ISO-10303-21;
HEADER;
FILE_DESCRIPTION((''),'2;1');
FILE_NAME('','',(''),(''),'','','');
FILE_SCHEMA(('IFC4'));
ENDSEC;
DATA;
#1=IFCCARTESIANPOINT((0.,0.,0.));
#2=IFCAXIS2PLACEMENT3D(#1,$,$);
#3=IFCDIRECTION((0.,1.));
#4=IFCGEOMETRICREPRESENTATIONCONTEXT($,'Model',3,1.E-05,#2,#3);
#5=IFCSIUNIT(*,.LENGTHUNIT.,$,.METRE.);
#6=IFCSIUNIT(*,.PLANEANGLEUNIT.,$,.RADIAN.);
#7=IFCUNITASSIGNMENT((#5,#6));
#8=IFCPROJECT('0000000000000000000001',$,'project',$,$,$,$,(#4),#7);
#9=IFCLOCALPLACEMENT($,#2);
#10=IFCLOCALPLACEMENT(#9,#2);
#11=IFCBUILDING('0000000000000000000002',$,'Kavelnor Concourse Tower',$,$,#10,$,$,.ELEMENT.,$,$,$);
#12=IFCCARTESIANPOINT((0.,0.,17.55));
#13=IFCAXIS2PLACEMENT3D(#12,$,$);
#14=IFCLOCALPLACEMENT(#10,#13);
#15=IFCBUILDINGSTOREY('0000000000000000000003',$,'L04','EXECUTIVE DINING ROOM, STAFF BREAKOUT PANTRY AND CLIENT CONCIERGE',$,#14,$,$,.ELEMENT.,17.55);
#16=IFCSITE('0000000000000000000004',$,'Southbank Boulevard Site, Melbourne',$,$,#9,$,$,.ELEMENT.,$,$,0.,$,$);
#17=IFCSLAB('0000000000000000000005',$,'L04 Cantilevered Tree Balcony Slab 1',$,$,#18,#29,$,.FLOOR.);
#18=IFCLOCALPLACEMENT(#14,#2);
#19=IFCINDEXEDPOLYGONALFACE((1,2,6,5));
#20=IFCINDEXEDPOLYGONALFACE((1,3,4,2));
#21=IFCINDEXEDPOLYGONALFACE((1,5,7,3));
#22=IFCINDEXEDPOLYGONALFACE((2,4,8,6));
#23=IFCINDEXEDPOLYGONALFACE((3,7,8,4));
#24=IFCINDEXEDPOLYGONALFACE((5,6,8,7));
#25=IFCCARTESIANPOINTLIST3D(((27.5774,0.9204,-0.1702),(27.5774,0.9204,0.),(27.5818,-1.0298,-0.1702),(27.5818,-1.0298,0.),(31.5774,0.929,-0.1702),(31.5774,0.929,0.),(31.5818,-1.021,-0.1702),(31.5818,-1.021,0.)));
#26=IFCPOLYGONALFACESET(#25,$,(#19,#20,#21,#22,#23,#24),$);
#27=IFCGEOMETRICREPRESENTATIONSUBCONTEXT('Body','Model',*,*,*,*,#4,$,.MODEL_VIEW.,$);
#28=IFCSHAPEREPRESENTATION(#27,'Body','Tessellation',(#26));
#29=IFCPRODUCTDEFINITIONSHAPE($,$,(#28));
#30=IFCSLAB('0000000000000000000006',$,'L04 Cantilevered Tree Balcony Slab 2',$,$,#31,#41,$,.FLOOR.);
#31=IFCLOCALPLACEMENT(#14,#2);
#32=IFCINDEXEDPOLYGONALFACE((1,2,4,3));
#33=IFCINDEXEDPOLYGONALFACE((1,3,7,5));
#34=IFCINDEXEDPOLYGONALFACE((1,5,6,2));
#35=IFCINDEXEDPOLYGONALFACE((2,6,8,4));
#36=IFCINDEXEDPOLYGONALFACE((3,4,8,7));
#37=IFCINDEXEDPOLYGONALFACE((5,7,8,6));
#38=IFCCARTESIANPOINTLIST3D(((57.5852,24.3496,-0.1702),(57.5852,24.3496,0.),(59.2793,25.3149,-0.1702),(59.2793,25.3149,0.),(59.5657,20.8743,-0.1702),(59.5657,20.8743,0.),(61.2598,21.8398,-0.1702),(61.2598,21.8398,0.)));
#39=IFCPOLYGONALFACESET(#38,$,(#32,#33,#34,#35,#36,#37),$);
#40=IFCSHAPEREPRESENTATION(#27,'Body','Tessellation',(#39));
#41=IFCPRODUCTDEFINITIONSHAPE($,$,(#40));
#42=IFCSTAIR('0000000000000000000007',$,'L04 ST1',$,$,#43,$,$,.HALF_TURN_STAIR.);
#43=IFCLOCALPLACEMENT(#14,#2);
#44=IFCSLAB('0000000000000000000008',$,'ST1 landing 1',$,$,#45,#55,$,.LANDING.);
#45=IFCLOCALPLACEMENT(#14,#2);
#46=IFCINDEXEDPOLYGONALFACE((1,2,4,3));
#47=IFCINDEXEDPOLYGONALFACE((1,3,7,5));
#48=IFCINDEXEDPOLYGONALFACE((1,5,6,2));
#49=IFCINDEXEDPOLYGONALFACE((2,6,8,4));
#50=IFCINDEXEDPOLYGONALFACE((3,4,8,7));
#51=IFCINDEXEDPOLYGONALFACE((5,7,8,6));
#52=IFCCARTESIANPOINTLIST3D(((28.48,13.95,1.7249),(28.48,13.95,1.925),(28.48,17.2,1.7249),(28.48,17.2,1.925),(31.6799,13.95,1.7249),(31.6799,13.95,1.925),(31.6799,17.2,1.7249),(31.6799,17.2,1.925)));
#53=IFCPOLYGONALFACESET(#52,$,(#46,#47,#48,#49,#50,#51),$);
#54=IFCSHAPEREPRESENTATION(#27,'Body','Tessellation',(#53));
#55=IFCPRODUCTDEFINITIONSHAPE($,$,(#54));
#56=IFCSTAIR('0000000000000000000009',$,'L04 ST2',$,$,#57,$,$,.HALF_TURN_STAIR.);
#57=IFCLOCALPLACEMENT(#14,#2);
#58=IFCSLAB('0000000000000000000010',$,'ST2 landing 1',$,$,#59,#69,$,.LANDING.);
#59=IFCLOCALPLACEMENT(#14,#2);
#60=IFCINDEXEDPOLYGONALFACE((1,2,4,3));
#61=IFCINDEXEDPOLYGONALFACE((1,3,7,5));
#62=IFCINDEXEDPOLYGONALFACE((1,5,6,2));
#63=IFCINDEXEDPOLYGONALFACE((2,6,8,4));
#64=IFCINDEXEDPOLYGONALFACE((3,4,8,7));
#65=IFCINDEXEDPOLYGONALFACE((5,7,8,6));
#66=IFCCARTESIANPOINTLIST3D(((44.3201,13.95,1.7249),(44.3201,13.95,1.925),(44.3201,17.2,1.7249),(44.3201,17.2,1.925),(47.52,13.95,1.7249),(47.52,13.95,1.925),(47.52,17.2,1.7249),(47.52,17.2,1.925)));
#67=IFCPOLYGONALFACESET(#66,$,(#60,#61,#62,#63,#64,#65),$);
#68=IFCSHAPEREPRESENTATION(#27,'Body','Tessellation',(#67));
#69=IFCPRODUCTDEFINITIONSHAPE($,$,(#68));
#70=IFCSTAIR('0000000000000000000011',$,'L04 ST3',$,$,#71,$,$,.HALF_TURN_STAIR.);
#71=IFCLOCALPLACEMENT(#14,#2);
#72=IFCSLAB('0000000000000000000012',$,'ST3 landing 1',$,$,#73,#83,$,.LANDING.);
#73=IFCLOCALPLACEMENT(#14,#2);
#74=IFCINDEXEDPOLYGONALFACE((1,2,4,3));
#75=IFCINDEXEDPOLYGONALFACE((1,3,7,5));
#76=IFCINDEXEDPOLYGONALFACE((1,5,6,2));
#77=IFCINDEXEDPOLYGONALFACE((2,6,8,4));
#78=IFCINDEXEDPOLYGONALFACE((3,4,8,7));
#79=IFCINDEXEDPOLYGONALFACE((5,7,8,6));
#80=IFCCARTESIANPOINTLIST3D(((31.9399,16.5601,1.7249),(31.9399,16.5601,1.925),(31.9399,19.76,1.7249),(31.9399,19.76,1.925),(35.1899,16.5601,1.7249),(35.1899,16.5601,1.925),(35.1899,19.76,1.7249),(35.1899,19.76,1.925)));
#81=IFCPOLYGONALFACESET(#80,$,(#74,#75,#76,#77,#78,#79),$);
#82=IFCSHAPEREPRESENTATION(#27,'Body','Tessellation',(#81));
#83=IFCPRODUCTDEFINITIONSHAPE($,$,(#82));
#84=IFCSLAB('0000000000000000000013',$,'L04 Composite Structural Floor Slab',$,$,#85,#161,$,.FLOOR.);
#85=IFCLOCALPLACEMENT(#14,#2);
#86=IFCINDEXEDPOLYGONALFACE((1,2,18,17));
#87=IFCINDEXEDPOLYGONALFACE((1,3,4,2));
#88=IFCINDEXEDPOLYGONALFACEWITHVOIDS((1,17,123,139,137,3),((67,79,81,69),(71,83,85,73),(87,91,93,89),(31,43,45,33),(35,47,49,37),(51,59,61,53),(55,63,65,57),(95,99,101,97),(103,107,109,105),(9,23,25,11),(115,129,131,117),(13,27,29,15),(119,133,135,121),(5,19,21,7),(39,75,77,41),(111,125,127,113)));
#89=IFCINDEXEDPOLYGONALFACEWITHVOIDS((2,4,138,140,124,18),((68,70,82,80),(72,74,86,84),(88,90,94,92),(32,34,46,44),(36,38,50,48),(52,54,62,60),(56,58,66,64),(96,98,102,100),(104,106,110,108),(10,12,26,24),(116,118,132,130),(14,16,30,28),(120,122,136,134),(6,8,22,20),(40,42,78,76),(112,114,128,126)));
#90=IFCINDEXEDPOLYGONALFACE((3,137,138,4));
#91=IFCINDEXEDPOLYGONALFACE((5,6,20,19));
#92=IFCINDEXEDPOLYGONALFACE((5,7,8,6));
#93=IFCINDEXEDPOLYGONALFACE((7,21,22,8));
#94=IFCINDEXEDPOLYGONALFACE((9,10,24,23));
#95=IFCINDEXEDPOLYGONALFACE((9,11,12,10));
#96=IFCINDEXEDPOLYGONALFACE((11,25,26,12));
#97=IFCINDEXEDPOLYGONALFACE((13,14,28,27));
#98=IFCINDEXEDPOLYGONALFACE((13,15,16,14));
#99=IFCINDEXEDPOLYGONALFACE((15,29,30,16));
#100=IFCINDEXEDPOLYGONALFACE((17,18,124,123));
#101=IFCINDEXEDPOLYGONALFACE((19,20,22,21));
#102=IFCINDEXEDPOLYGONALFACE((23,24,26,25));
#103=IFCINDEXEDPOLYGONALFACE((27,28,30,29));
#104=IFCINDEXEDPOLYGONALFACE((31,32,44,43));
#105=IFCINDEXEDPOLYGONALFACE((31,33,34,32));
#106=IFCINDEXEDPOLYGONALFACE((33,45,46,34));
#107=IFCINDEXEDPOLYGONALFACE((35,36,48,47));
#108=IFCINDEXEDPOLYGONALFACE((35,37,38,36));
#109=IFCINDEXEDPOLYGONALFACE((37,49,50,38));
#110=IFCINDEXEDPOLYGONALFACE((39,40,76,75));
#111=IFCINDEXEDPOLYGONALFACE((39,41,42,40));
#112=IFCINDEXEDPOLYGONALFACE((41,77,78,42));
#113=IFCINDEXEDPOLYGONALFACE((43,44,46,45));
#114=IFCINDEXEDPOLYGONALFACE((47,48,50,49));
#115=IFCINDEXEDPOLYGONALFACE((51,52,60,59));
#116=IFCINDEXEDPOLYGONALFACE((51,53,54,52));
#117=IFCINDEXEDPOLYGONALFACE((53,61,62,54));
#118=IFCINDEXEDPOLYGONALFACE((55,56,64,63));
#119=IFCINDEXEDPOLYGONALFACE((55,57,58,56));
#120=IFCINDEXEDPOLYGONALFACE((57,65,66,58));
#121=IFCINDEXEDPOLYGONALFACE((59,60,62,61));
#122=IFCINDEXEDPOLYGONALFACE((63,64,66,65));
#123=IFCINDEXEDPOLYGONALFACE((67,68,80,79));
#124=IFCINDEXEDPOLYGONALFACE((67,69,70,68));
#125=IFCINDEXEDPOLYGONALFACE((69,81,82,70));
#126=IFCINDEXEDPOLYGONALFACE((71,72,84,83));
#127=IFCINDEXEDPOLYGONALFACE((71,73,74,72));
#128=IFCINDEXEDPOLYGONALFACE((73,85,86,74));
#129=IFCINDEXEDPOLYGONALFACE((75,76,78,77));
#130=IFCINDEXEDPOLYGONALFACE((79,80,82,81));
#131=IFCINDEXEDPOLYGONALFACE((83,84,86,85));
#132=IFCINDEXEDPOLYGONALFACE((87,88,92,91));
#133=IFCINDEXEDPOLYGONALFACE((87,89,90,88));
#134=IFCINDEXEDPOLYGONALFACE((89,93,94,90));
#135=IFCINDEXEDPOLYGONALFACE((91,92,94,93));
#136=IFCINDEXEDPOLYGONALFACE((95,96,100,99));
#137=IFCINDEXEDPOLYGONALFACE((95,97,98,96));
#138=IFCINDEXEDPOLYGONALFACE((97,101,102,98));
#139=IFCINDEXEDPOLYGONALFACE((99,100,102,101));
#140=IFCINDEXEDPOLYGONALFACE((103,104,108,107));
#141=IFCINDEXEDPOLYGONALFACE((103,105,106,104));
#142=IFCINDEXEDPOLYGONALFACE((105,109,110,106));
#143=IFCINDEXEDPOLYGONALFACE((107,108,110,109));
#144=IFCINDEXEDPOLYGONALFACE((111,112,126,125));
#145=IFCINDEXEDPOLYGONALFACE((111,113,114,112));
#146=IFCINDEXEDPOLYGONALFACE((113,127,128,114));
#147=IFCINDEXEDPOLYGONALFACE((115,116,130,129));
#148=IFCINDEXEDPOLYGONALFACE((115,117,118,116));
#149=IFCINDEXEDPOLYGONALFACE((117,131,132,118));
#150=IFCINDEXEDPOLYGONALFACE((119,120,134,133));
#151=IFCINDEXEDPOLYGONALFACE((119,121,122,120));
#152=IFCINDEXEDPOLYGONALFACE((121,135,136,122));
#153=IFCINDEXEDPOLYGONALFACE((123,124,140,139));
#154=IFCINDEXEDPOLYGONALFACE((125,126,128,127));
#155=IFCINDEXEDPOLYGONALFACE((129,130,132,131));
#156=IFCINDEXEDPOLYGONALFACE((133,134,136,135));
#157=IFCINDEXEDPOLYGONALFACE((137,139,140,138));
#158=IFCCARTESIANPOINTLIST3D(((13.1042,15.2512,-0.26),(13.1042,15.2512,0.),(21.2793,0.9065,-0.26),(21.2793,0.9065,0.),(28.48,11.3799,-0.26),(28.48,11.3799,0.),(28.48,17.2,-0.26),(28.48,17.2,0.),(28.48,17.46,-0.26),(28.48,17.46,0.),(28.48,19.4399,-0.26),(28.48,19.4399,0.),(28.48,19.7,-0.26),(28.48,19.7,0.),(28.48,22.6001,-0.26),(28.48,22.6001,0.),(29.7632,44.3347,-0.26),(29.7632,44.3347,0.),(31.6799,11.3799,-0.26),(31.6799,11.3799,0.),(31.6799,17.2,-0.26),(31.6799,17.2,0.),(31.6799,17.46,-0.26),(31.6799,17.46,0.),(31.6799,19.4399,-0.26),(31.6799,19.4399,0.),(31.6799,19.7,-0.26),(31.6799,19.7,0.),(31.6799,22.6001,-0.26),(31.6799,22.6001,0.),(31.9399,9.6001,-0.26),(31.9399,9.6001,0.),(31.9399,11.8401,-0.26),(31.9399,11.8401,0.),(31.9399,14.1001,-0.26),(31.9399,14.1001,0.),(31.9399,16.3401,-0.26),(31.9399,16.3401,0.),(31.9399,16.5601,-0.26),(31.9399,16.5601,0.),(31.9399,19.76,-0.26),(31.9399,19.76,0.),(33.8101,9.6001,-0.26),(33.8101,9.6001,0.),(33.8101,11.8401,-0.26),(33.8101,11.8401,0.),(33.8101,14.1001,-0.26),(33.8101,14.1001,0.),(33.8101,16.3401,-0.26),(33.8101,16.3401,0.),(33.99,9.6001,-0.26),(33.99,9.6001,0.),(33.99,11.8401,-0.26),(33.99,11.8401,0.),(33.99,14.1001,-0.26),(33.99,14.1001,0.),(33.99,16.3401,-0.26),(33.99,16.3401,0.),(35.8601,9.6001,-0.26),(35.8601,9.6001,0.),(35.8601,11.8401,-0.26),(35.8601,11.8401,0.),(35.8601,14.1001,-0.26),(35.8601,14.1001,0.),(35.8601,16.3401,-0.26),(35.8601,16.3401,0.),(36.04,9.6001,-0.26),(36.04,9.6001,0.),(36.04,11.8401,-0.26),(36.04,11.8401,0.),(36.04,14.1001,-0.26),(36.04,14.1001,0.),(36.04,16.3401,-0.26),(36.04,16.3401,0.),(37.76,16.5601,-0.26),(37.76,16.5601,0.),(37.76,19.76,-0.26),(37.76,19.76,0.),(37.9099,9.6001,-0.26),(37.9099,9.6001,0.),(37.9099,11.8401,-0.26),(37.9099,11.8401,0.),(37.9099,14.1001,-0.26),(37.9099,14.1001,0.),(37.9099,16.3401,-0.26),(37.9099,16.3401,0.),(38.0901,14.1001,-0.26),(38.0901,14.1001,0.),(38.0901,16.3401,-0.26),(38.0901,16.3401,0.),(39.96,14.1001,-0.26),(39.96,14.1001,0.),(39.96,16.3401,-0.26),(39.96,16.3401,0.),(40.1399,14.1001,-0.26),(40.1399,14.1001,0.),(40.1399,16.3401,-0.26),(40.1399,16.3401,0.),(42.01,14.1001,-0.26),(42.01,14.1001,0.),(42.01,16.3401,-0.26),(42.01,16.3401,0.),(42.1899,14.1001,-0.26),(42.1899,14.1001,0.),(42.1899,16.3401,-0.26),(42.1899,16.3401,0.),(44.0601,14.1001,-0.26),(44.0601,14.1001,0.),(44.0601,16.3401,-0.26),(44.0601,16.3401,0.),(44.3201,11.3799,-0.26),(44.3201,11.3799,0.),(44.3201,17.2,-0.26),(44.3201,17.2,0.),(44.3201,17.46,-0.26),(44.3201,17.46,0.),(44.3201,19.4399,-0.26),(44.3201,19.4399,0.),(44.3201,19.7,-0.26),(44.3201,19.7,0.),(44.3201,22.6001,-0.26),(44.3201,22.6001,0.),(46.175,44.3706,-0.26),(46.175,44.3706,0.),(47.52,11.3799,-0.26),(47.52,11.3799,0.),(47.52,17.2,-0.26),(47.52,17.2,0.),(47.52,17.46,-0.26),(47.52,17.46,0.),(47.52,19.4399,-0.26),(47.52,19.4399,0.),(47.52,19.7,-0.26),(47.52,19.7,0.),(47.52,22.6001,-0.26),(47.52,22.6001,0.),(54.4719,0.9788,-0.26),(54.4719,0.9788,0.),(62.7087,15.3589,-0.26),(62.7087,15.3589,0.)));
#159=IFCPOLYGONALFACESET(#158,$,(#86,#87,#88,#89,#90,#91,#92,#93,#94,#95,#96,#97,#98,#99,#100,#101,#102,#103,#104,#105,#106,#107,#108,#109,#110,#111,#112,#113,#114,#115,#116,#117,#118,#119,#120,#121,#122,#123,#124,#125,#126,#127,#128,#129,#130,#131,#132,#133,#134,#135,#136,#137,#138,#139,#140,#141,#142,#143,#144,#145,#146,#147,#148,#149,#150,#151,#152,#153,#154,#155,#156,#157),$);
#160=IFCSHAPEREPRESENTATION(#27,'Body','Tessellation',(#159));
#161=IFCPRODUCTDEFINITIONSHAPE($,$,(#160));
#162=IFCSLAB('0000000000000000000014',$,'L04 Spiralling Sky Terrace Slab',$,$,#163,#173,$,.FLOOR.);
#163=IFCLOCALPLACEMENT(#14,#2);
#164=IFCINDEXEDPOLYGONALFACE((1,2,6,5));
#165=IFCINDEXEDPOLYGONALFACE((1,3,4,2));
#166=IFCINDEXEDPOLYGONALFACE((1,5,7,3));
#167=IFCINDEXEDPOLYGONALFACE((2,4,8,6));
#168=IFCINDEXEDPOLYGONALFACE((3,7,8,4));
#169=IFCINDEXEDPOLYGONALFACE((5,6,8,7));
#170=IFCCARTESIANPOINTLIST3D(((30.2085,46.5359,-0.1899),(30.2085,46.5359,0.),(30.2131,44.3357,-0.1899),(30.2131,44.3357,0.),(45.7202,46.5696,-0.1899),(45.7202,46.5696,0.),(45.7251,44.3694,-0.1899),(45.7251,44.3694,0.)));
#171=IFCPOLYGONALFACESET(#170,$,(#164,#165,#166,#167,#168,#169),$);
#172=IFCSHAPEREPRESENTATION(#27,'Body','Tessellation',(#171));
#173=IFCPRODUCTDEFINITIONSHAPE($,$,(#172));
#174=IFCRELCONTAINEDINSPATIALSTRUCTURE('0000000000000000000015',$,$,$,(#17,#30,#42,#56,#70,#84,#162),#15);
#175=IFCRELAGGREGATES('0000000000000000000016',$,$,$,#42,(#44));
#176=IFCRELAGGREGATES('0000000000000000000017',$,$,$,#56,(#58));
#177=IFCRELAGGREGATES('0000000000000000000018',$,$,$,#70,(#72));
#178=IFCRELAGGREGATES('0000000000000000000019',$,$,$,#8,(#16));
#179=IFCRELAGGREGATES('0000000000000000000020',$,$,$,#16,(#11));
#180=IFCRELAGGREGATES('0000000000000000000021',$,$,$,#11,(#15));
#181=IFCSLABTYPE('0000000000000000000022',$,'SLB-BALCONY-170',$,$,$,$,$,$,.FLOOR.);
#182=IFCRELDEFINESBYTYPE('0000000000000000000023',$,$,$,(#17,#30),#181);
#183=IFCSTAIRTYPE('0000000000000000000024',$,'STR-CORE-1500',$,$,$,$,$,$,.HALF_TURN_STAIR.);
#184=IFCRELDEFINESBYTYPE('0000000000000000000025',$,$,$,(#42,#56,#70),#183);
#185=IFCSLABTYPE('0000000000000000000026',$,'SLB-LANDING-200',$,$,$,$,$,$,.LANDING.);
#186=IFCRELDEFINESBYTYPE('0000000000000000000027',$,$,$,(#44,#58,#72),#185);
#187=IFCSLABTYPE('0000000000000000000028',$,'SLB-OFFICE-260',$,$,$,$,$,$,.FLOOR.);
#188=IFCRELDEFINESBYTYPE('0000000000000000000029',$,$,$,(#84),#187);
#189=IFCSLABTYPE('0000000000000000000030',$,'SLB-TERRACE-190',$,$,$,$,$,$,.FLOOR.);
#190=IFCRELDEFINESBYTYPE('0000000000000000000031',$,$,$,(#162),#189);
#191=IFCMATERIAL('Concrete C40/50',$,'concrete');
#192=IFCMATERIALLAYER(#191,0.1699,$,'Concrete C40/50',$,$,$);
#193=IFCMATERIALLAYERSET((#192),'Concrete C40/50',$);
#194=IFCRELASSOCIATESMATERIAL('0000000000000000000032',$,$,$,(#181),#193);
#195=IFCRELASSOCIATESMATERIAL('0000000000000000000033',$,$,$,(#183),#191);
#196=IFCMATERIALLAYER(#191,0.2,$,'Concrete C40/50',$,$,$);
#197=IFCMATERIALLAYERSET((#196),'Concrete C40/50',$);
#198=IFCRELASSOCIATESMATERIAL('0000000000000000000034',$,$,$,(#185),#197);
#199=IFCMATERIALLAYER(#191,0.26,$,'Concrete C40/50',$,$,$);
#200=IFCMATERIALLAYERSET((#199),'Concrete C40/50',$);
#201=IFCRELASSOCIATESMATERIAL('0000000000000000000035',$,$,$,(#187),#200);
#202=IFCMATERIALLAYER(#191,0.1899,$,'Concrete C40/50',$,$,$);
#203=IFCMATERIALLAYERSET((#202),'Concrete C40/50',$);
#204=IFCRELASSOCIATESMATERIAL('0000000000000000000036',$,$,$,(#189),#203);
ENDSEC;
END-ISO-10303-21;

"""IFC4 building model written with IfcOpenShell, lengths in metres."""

from ifc_helpers import new_model, si_unit, direction, frame, origin, place, context, subcontext, project, spatial, polyline, outline, extrude, material, layer, layer_set, type_object, element, aggregate, save


model = new_model("IFC4")

# Units and contexts
model_context = context("Model", 3, precision=1e-05, world=origin(), true_north=direction((0.0, 1.0)))
body_context = subcontext(model_context, "Body", "Model", "MODEL_VIEW")
ifc_project = project(units=[si_unit("LENGTHUNIT", "METRE"), si_unit("PLANEANGLEUNIT", "RADIAN")], contexts=[model_context])

# Site, building, storey
site_placement = place(None, origin())
site = spatial("IfcSite", under=ifc_project, at=site_placement, Name="Southbank Boulevard Site, Melbourne", CompositionType="ELEMENT", RefElevation=0.0)
building_placement = place(site_placement, origin())
building = spatial("IfcBuilding", under=site, at=building_placement, Name="Kavelnor Concourse Tower", CompositionType="ELEMENT")
storey_placement = place(building_placement, frame((0.0, 0.0, 17.55)))
storey = spatial("IfcBuildingStorey", under=building, at=storey_placement, Name="L04", Description="EXECUTIVE DINING ROOM, STAFF BREAKOUT PANTRY AND CLIENT CONCIERGE", CompositionType="ELEMENT", Elevation=17.55)

# Slabs
ifc_material_1 = material(Name="Concrete C40/50", Category="concrete")
ifc_layer_1 = layer(ifc_material_1, 0.1699, Name="Concrete C40/50")
ifc_layer_set_1 = layer_set([ifc_layer_1], Name="Concrete C40/50")
slab_type_1 = type_object("IfcSlabType", Name="SLB-BALCONY-170", PredefinedType="FLOOR", material=ifc_layer_set_1)
slab_1_placement = place(storey_placement, frame((0.0, 0.0, -0.1702)))
element("IfcSlab", 1, at=slab_1_placement, inside=storey, type_object=slab_type_1, Name="L04 Cantilevered Tree Balcony Slab 1", PredefinedType="FLOOR", context=body_context, shape_type="SweptSolid", body=[
    extrude(outline(polyline([(31.5818, -1.021), (27.5818, -1.0298), (27.5774, 0.9204), (31.5774, 0.929), (31.5818, -1.021)])), origin(), (0.0, 0.0, 1.0), 0.1702),
])
slab_2_placement = place(storey_placement, frame((0.0, 0.0, -0.1702)))
element("IfcSlab", 2, at=slab_2_placement, inside=storey, type_object=slab_type_1, Name="L04 Cantilevered Tree Balcony Slab 2", PredefinedType="FLOOR", context=body_context, shape_type="SweptSolid", body=[
    extrude(outline(polyline([(59.2793, 25.3149), (61.2598, 21.8398), (59.5657, 20.8743), (57.5852, 24.3496), (59.2793, 25.3149)])), origin(), (0.0, 0.0, 1.0), 0.1702),
])

# Stairs, slabs
stair_type = type_object("IfcStairType", Name="STR-CORE-1500", PredefinedType="HALF_TURN_STAIR", material=ifc_material_1)
stair_1_placement = place(storey_placement, origin())
stair_1 = element("IfcStair", 3, at=stair_1_placement, inside=storey, type_object=stair_type, Name="L04 ST1", PredefinedType="HALF_TURN_STAIR")
ifc_layer_2 = layer(ifc_material_1, 0.2, Name="Concrete C40/50")
ifc_layer_set_2 = layer_set([ifc_layer_2], Name="Concrete C40/50")
slab_type_2 = type_object("IfcSlabType", Name="SLB-LANDING-200", PredefinedType="LANDING", material=ifc_layer_set_2)
slab_3_placement = place(storey_placement, frame((0.0, 0.0, 1.7249)))
slab_3 = element("IfcSlab", 4, at=slab_3_placement, type_object=slab_type_2, Name="ST1 landing 1", PredefinedType="LANDING", context=body_context, shape_type="SweptSolid", body=[
    extrude(outline(polyline([(31.6799, 13.95), (31.6799, 17.2), (28.48, 17.2), (28.48, 13.95), (31.6799, 13.95)])), origin(), (0.0, 0.0, 1.0), 0.2002),
])
aggregate(stair_1, [slab_3])
stair_2_placement = place(storey_placement, origin())
stair_2 = element("IfcStair", 5, at=stair_2_placement, inside=storey, type_object=stair_type, Name="L04 ST2", PredefinedType="HALF_TURN_STAIR")
slab_4_placement = place(storey_placement, frame((0.0, 0.0, 1.7249)))
slab_4 = element("IfcSlab", 6, at=slab_4_placement, type_object=slab_type_2, Name="ST2 landing 1", PredefinedType="LANDING", context=body_context, shape_type="SweptSolid", body=[
    extrude(outline(polyline([(47.52, 13.95), (47.52, 17.2), (44.3201, 17.2), (44.3201, 13.95), (47.52, 13.95)])), origin(), (0.0, 0.0, 1.0), 0.2002),
])
aggregate(stair_2, [slab_4])
stair_3_placement = place(storey_placement, origin())
stair_3 = element("IfcStair", 7, at=stair_3_placement, inside=storey, type_object=stair_type, Name="L04 ST3", PredefinedType="HALF_TURN_STAIR")
slab_5_placement = place(storey_placement, frame((0.0, 0.0, 1.7249)))
slab_5 = element("IfcSlab", 8, at=slab_5_placement, type_object=slab_type_2, Name="ST3 landing 1", PredefinedType="LANDING", context=body_context, shape_type="SweptSolid", body=[
    extrude(outline(polyline([(35.1899, 19.76), (31.9399, 19.76), (31.9399, 16.5601), (35.1899, 16.5601), (35.1899, 19.76)])), origin(), (0.0, 0.0, 1.0), 0.2002),
])
aggregate(stair_3, [slab_5])

# Slabs
ifc_layer_3 = layer(ifc_material_1, 0.26, Name="Concrete C40/50")
ifc_layer_set_3 = layer_set([ifc_layer_3], Name="Concrete C40/50")
slab_type_3 = type_object("IfcSlabType", Name="SLB-OFFICE-260", PredefinedType="FLOOR", material=ifc_layer_set_3)
slab_6_placement = place(storey_placement, frame((0.0, 0.0, -0.26)))
element("IfcSlab", 9, at=slab_6_placement, inside=storey, type_object=slab_type_3, Name="L04 Composite Structural Floor Slab", PredefinedType="FLOOR", context=body_context, shape_type="SweptSolid", body=[
    extrude(outline(polyline([(46.175, 44.3706), (29.7632, 44.3347), (13.1042, 15.2512), (21.2793, 0.9065), (54.4719, 0.9788), (62.7087, 15.3589), (46.175, 44.3706)]), holes=[polyline([(28.48, 11.3799), (31.6799, 11.3799), (31.6799, 17.2), (28.48, 17.2), (28.48, 11.3799)]), polyline([(44.3201, 11.3799), (47.52, 11.3799), (47.52, 17.2), (44.3201, 17.2), (44.3201, 11.3799)]), polyline([(31.9399, 16.5601), (37.76, 16.5601), (37.76, 19.76), (31.9399, 19.76), (31.9399, 16.5601)]), polyline([(28.48, 19.7), (31.6799, 19.7), (31.6799, 22.6001), (28.48, 22.6001), (28.48, 19.7)]), polyline([(44.3201, 19.7), (47.52, 19.7), (47.52, 22.6001), (44.3201, 22.6001), (44.3201, 19.7)]), polyline([(31.9399, 14.1001), (33.8101, 14.1001), (33.8101, 16.3401), (31.9399, 16.3401), (31.9399, 14.1001)]), polyline([(33.99, 14.1001), (35.8601, 14.1001), (35.8601, 16.3401), (33.99, 16.3401), (33.99, 14.1001)]), polyline([(36.04, 14.1001), (37.9099, 14.1001), (37.9099, 16.3401), (36.04, 16.3401), (36.04, 14.1001)]), polyline([(38.0901, 14.1001), (39.96, 14.1001), (39.96, 16.3401), (38.0901, 16.3401), (38.0901, 14.1001)]), polyline([(40.1399, 14.1001), (42.01, 14.1001), (42.01, 16.3401), (40.1399, 16.3401), (40.1399, 14.1001)]), polyline([(42.1899, 14.1001), (44.0601, 14.1001), (44.0601, 16.3401), (42.1899, 16.3401), (42.1899, 14.1001)]), polyline([(31.9399, 9.6001), (33.8101, 9.6001), (33.8101, 11.8401), (31.9399, 11.8401), (31.9399, 9.6001)]), polyline([(33.99, 9.6001), (35.8601, 9.6001), (35.8601, 11.8401), (33.99, 11.8401), (33.99, 9.6001)]), polyline([(36.04, 9.6001), (37.9099, 9.6001), (37.9099, 11.8401), (36.04, 11.8401), (36.04, 9.6001)]), polyline([(28.48, 17.46), (31.6799, 17.46), (31.6799, 19.4399), (28.48, 19.4399), (28.48, 17.46)]), polyline([(44.3201, 17.46), (47.52, 17.46), (47.52, 19.4399), (44.3201, 19.4399), (44.3201, 17.46)])]), origin(), (0.0, 0.0, 1.0), 0.26),
])
ifc_layer_4 = layer(ifc_material_1, 0.1899, Name="Concrete C40/50")
ifc_layer_set_4 = layer_set([ifc_layer_4], Name="Concrete C40/50")
slab_type_4 = type_object("IfcSlabType", Name="SLB-TERRACE-190", PredefinedType="FLOOR", material=ifc_layer_set_4)
slab_7_placement = place(storey_placement, frame((0.0, 0.0, -0.1899)))
element("IfcSlab", 10, at=slab_7_placement, inside=storey, type_object=slab_type_4, Name="L04 Spiralling Sky Terrace Slab", PredefinedType="FLOOR", context=body_context, shape_type="SweptSolid", body=[
    extrude(outline(polyline([(30.2085, 46.5359), (45.7202, 46.5696), (45.7251, 44.3694), (30.2131, 44.3357), (30.2085, 46.5359)])), origin(), (0.0, 0.0, 1.0), 0.1899),
])

save(model, "model.ifc")
